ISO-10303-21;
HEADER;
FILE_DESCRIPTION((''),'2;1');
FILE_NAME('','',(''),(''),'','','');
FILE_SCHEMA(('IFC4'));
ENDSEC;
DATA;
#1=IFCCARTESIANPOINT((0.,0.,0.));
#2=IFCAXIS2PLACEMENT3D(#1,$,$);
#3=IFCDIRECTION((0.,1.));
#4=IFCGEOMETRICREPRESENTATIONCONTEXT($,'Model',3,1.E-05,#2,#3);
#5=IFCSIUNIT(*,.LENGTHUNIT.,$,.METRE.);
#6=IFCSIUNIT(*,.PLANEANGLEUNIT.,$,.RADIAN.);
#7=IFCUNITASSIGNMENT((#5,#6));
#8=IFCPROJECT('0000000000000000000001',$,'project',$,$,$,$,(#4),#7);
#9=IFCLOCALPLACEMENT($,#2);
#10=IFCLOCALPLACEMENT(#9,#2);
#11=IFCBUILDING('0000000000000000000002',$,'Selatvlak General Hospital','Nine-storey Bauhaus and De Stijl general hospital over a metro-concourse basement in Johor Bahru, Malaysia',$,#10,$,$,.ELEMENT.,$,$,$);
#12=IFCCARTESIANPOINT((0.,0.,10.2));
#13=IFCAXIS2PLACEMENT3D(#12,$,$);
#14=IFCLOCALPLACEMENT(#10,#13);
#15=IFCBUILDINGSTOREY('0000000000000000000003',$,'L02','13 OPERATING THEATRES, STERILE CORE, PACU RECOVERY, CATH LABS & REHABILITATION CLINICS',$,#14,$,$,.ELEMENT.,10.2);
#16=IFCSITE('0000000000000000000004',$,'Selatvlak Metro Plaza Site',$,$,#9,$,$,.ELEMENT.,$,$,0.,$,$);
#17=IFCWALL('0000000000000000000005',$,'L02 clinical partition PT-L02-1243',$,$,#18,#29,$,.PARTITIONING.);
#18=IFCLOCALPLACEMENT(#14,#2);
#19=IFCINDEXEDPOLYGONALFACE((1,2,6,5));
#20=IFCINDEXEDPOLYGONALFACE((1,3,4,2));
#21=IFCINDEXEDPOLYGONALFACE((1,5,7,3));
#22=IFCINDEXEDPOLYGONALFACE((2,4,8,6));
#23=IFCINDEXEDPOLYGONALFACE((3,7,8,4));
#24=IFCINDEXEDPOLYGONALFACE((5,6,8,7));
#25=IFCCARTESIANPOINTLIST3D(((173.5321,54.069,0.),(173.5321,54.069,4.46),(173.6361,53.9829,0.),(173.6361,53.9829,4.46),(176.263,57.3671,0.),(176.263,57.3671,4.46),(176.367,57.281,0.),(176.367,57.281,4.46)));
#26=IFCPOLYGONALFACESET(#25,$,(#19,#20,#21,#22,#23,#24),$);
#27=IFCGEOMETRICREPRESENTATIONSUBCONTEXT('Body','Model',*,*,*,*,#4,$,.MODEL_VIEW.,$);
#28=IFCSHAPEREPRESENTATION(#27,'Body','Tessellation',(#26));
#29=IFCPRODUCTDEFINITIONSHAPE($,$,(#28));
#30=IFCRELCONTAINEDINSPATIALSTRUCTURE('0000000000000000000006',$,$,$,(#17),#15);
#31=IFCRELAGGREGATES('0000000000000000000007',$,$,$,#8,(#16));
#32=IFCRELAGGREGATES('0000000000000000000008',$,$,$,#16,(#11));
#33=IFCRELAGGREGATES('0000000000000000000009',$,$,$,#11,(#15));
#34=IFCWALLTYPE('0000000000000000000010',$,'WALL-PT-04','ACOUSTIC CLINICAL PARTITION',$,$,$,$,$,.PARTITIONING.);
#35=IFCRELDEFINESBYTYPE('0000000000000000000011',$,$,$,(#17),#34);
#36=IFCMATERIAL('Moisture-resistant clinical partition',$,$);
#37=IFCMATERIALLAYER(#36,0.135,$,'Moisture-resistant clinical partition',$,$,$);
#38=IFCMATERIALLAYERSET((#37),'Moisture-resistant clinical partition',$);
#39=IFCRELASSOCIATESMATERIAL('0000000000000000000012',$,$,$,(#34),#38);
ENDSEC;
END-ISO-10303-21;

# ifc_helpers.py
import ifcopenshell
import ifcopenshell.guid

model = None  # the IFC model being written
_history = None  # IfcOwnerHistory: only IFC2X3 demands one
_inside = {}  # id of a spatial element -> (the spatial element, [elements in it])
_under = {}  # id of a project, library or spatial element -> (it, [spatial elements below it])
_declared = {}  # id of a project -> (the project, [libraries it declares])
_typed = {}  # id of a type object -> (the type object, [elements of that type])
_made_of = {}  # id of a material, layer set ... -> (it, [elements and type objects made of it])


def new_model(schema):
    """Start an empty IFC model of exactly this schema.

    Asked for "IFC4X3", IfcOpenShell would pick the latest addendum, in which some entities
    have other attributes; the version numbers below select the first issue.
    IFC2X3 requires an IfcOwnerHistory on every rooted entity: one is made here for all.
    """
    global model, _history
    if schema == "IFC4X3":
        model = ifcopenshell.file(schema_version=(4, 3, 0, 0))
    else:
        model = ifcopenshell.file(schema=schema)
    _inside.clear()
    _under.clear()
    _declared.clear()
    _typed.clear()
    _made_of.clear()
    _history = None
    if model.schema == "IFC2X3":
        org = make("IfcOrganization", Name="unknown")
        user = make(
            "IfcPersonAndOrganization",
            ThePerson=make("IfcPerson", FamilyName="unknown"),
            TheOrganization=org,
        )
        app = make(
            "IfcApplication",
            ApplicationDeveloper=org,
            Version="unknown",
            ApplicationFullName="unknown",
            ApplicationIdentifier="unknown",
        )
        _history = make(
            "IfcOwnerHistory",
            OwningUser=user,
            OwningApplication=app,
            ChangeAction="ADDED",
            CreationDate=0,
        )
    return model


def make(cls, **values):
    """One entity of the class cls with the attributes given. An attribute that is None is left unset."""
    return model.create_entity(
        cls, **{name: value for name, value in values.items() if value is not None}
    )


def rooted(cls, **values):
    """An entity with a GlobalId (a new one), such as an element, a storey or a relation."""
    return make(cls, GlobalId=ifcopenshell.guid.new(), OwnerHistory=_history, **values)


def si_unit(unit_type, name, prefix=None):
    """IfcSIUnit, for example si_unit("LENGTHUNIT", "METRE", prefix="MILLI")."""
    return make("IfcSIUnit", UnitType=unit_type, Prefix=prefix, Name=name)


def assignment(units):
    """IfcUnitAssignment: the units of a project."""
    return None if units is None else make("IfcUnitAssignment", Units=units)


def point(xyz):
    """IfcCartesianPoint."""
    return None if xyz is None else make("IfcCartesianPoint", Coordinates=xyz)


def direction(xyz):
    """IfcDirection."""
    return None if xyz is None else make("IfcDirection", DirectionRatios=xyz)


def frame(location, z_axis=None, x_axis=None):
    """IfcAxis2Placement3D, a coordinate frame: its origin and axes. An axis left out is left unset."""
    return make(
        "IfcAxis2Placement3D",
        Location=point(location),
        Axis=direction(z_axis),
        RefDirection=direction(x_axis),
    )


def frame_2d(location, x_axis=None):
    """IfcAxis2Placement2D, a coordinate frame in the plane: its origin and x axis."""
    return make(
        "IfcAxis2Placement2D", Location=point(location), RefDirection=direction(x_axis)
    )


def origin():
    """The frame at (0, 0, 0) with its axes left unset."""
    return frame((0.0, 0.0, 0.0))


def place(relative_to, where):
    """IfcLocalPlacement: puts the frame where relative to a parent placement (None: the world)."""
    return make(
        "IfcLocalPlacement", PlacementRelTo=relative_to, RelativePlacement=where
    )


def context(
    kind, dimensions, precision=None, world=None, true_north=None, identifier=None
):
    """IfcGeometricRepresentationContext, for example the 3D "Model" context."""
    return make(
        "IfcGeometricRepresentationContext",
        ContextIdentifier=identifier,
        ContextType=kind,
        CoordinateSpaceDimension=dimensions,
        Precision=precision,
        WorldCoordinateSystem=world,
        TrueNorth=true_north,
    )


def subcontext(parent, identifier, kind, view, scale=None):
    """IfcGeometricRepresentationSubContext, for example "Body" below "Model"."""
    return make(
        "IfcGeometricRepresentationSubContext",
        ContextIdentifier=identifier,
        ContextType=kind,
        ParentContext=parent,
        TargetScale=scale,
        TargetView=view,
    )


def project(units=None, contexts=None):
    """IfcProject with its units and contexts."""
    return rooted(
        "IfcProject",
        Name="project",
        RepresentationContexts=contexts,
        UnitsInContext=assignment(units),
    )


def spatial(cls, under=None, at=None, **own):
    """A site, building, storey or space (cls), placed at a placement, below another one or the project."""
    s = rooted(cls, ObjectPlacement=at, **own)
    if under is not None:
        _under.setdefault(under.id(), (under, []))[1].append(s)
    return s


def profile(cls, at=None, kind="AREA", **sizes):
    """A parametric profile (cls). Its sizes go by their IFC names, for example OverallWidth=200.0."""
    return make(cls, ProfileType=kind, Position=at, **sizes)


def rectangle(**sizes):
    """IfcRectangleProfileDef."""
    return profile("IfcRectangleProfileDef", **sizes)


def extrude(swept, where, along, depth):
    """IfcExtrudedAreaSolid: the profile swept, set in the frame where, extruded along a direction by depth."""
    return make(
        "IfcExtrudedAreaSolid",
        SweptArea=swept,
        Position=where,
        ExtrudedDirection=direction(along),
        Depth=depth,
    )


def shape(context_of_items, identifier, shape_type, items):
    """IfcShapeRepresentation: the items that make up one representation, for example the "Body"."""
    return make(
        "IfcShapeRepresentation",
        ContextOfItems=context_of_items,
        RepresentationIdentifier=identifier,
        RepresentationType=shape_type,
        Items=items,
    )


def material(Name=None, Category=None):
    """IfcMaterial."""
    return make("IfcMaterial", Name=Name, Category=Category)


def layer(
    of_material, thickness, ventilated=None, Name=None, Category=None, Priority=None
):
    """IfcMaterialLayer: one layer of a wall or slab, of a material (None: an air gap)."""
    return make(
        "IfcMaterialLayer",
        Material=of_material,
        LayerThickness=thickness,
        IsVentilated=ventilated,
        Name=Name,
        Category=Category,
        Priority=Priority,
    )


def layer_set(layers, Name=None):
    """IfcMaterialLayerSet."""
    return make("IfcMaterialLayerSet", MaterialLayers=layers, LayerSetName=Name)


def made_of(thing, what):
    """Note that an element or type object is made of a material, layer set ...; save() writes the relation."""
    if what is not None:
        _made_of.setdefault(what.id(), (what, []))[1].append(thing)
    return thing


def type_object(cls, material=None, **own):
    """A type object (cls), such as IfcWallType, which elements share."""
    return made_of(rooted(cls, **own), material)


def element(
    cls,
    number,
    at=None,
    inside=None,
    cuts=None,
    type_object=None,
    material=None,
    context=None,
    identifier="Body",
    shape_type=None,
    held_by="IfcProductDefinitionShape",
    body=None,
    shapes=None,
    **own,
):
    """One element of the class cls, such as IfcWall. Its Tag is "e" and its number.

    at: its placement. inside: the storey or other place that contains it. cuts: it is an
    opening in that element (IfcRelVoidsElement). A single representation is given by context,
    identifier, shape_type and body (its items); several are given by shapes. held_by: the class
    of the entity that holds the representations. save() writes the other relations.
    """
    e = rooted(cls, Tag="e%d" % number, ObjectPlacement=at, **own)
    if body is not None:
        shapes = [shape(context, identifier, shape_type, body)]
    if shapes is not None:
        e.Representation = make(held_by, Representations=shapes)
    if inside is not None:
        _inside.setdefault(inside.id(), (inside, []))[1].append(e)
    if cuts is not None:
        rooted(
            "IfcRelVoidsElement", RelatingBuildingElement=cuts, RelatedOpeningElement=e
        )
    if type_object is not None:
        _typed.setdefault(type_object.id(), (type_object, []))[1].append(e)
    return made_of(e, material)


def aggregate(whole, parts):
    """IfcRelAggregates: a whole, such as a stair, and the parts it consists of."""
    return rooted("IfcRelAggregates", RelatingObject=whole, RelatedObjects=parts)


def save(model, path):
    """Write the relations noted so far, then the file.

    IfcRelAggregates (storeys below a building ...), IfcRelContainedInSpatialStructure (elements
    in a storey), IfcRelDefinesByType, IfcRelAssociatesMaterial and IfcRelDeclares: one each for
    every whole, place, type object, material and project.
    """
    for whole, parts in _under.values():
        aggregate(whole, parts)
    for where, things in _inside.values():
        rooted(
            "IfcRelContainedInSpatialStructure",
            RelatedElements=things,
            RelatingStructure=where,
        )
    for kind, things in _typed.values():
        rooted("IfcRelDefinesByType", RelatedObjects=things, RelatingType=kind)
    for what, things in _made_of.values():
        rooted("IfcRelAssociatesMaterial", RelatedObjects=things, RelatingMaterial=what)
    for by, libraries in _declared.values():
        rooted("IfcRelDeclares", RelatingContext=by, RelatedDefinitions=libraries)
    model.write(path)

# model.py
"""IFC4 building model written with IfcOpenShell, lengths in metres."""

from ifc_helpers import new_model, si_unit, direction, frame, frame_2d, origin, place, context, subcontext, project, spatial, rectangle, extrude, material, layer, layer_set, type_object, element, save


model = new_model("IFC4")

# Units and contexts
model_context = context("Model", 3, precision=1e-05, world=origin(), true_north=direction((0.0, 1.0)))
body_context = subcontext(model_context, "Body", "Model", "MODEL_VIEW")
ifc_project = project(units=[si_unit("LENGTHUNIT", "METRE"), si_unit("PLANEANGLEUNIT", "RADIAN")], contexts=[model_context])

# Site, building, storey
site_placement = place(None, origin())
site = spatial("IfcSite", under=ifc_project, at=site_placement, Name="Selatvlak Metro Plaza Site", CompositionType="ELEMENT", RefElevation=0.0)
building_placement = place(site_placement, origin())
building = spatial("IfcBuilding", under=site, at=building_placement, Name="Selatvlak General Hospital", Description="Nine-storey Bauhaus and De Stijl general hospital over a metro-concourse basement in Johor Bahru, Malaysia", CompositionType="ELEMENT")
storey_placement = place(building_placement, frame((0.0, 0.0, 10.2)))
storey = spatial("IfcBuildingStorey", under=building, at=storey_placement, Name="L02", Description="13 OPERATING THEATRES, STERILE CORE, PACU RECOVERY, CATH LABS & REHABILITATION CLINICS", CompositionType="ELEMENT", Elevation=10.2)

# Wall
ifc_material_1 = material(Name="Moisture-resistant clinical partition")
ifc_layer_1 = layer(ifc_material_1, 0.135, Name="Moisture-resistant clinical partition")
ifc_layer_set_1 = layer_set([ifc_layer_1], Name="Moisture-resistant clinical partition")
wall_type_1 = type_object("IfcWallType", Name="WALL-PT-04", Description="ACOUSTIC CLINICAL PARTITION", PredefinedType="PARTITIONING", material=ifc_layer_set_1)
wall_1_placement = place(storey_placement, frame((173.584, 54.0259, 0.0), z_axis=(0.0, 0.0, 1.0), x_axis=(0.637775, 0.770222, 0.0)))
element("IfcWall", 1, at=wall_1_placement, inside=storey, type_object=wall_type_1, Name="L02 clinical partition PT-L02-1243", PredefinedType="PARTITIONING", context=body_context, shape_type="SweptSolid", body=[
    extrude(rectangle(XDim=4.282, YDim=0.135, at=frame_2d((2.1411, 0.0))), origin(), (0.0, 0.0, 1.0), 4.46),
])

save(model, "model.ifc")
